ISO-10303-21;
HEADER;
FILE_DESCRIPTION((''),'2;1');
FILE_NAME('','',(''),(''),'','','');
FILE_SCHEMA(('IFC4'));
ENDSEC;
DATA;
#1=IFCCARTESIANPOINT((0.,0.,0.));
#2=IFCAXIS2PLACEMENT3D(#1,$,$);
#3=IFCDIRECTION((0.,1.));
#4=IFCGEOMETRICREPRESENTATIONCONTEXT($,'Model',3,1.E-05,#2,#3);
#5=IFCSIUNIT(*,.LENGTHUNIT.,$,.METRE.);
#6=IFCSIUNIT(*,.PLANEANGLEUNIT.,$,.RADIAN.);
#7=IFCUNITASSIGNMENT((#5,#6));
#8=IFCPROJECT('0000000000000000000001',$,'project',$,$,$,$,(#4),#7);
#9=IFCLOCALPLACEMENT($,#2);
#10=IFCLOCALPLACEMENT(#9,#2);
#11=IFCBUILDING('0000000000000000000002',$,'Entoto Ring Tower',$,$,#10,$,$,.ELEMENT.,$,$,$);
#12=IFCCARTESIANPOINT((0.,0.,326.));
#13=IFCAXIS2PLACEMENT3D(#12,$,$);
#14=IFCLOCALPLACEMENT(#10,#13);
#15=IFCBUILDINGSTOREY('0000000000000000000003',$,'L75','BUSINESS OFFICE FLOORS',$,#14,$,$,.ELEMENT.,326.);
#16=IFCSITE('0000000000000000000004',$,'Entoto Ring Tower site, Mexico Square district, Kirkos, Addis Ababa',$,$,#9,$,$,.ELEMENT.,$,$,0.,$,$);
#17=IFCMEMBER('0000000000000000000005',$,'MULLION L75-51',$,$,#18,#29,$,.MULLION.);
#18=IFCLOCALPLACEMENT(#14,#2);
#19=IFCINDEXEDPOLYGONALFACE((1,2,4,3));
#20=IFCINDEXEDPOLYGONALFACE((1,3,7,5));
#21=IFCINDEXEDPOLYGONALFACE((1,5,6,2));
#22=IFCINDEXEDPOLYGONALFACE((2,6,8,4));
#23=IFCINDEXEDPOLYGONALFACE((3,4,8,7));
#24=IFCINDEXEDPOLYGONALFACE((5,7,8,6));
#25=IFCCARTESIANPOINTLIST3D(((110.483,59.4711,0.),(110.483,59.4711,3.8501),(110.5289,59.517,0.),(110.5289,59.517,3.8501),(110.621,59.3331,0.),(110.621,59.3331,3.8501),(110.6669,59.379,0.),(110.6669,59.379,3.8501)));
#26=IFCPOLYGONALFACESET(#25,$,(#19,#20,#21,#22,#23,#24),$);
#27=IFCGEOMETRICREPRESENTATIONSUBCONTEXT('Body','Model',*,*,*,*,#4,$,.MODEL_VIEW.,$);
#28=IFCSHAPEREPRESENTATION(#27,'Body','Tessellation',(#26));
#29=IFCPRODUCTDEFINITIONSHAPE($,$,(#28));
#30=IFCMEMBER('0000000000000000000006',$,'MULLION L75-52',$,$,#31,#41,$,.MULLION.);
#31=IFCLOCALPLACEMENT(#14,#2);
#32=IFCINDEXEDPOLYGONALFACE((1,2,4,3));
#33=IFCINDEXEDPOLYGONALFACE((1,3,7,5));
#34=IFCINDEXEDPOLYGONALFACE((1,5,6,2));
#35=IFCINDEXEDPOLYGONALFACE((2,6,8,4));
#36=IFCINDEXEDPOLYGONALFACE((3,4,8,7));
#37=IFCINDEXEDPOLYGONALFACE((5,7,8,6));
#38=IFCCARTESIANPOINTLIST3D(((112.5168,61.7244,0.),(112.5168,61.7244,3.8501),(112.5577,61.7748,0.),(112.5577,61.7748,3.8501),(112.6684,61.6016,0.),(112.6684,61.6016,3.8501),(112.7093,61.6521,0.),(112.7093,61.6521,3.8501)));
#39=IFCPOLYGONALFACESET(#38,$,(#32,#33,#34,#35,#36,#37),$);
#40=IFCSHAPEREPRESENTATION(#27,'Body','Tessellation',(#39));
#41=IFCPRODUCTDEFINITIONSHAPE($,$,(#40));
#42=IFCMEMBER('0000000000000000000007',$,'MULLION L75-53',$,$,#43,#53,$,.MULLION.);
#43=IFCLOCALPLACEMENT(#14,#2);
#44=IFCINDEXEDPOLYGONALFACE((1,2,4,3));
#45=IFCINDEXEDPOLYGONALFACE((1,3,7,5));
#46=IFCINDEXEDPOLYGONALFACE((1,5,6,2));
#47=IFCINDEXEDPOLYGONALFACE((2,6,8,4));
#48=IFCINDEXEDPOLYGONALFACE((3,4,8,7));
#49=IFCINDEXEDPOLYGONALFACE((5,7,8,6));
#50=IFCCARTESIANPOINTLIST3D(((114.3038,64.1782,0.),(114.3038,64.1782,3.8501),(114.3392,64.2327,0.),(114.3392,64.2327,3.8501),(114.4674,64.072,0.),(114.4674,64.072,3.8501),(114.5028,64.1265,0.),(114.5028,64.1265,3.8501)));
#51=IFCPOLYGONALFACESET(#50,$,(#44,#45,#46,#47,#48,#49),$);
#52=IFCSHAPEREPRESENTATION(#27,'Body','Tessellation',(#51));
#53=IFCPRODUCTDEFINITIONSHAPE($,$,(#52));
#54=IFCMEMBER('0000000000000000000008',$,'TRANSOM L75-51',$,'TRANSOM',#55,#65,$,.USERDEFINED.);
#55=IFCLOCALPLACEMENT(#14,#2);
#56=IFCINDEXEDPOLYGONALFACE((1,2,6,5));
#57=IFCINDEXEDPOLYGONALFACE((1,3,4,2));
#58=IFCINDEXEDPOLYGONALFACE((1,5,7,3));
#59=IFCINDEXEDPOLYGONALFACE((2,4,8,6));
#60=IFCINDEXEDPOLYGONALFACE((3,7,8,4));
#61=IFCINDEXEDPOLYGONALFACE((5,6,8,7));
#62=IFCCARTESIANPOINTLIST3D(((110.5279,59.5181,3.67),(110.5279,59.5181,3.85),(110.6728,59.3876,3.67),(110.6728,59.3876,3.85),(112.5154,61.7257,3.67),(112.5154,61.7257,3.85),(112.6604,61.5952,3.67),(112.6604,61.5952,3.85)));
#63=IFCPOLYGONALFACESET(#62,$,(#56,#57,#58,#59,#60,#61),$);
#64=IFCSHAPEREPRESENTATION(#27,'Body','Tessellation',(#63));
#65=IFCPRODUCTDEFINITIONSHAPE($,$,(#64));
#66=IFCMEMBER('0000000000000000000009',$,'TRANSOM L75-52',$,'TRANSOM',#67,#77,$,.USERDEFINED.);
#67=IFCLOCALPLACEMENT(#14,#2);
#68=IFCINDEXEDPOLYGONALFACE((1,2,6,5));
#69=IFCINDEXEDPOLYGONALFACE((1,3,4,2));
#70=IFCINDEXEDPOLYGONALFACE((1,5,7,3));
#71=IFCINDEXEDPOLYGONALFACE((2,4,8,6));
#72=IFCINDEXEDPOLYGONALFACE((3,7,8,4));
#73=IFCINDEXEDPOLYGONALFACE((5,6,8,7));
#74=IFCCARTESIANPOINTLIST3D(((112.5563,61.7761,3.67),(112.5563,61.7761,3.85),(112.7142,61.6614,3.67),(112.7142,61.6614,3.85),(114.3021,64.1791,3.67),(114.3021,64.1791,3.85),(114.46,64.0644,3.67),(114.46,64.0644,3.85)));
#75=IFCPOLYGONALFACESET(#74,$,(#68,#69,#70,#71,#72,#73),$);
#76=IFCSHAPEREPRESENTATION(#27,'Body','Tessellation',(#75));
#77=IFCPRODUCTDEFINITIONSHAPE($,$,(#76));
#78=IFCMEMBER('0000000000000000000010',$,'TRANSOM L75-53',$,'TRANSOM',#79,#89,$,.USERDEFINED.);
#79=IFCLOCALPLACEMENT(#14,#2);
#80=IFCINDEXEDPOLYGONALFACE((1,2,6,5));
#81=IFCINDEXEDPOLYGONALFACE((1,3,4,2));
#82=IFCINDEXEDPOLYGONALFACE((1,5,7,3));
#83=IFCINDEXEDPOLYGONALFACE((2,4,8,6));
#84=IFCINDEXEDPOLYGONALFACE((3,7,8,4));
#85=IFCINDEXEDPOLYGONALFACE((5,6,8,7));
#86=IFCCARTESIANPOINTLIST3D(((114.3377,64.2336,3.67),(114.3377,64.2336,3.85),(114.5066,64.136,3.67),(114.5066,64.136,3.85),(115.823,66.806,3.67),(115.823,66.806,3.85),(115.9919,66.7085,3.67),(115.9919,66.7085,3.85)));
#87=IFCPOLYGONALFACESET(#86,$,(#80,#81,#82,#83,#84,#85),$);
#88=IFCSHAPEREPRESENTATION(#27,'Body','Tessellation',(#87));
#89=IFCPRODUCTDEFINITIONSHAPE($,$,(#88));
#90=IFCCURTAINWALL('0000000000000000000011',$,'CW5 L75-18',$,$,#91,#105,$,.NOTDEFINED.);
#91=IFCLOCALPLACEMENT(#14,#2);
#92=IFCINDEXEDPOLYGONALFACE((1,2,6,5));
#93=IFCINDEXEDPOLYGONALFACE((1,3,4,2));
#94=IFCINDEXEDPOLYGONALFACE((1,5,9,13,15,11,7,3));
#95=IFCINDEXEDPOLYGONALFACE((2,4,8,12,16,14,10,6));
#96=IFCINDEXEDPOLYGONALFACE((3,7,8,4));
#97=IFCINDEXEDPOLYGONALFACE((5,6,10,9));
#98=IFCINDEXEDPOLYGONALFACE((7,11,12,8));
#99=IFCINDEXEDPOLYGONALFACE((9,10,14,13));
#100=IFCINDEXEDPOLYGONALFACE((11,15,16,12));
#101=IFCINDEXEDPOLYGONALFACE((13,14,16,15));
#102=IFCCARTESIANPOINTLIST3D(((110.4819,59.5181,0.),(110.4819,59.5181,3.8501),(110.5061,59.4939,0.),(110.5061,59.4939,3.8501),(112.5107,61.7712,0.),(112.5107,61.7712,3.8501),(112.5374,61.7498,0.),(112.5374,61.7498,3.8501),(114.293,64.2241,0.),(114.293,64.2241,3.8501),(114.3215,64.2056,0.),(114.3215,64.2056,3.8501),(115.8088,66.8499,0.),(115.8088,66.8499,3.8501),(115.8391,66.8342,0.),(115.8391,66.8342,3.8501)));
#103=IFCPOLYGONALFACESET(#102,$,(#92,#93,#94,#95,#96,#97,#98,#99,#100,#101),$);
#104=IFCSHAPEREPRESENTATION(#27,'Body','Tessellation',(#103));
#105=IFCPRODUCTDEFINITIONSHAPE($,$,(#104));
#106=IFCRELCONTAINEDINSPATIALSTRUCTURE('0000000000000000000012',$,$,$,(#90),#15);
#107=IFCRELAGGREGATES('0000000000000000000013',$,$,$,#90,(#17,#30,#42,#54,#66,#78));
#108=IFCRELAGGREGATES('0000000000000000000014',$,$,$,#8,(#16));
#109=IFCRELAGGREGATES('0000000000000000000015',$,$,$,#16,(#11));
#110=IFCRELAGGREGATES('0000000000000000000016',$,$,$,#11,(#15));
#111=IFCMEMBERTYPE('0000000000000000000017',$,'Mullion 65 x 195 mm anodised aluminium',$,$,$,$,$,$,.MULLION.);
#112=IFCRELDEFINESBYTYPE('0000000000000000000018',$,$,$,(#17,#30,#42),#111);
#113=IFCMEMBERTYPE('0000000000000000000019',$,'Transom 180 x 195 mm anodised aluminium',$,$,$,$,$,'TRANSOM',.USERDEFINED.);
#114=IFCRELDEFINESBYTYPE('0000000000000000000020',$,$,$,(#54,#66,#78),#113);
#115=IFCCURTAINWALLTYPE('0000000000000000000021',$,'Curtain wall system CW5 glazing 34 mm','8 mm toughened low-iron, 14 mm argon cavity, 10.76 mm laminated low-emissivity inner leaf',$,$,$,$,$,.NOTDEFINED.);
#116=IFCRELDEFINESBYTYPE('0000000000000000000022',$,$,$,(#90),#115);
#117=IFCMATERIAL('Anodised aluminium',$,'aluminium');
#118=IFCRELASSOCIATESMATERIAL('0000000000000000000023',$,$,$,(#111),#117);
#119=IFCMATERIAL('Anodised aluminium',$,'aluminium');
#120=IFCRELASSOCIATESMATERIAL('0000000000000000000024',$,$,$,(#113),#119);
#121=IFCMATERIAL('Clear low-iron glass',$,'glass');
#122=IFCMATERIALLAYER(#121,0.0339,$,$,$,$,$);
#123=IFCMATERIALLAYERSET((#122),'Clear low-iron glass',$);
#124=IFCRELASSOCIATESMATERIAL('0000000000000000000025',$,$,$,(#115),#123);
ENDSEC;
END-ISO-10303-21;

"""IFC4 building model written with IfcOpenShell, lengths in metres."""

from ifc_helpers import new_model, si_unit, direction, frame, origin, origin_2d, place, context, subcontext, project, spatial, polyline, rectangle, outline, extrude, material, layer, layer_set, material_profile, profile_set, type_object, element, aggregate, save


model = new_model("IFC4")

# Units and contexts
model_context = context("Model", 3, precision=1e-05, world=origin(), true_north=direction((0.0, 1.0)))
body_context = subcontext(model_context, "Body", "Model", "MODEL_VIEW")
ifc_project = project(units=[si_unit("LENGTHUNIT", "METRE"), si_unit("PLANEANGLEUNIT", "RADIAN")], contexts=[model_context])

# Members
ifc_material_1 = material(Name="Anodised aluminium", Category="aluminium")
ifc_material_profile_1 = material_profile(ifc_material_1, rectangle(XDim=0.0649, YDim=0.1951, at=origin_2d()), Name="Mullion 65 x 195 mm anodised aluminium")
ifc_profile_set_1 = profile_set([ifc_material_profile_1], Name="Anodised aluminium")
member_type_1 = type_object("IfcMemberType", Name="Mullion 65 x 195 mm anodised aluminium", PredefinedType="MULLION", material=ifc_profile_set_1)
site_placement = place(None, origin())
building_placement = place(site_placement, origin())
storey_placement = place(building_placement, frame((0.0, 0.0, 326.0)))
member_1_placement = place(storey_placement, frame((110.575, 59.425, 0.0), z_axis=(0.0, 0.0, 1.0), x_axis=(0.707107, 0.707107, 0.0)))
member_1 = element("IfcMember", 1, at=member_1_placement, type_object=member_type_1, Name="MULLION L75-51", PredefinedType="MULLION", context=body_context, shape_type="SweptSolid", body=[
    extrude(rectangle(XDim=0.0649, YDim=0.1951, at=origin_2d()), origin(), (0.0, 0.0, 1.0), 3.8501),
])
member_2_placement = place(storey_placement, frame((112.613, 61.6882, 0.0), z_axis=(0.0, 0.0, 1.0), x_axis=(0.62932, 0.777146, 0.0)))
member_2 = element("IfcMember", 2, at=member_2_placement, type_object=member_type_1, Name="MULLION L75-52", PredefinedType="MULLION", context=body_context, shape_type="SweptSolid", body=[
    extrude(rectangle(XDim=0.0649, YDim=0.1951, at=origin_2d()), origin(), (0.0, 0.0, 1.0), 3.8501),
])
member_3_placement = place(storey_placement, frame((114.4033, 64.1523, 0.0), z_axis=(0.0, 0.0, 1.0), x_axis=(0.544639, 0.838671, 0.0)))
member_3 = element("IfcMember", 3, at=member_3_placement, type_object=member_type_1, Name="MULLION L75-53", PredefinedType="MULLION", context=body_context, shape_type="SweptSolid", body=[
    extrude(rectangle(XDim=0.0649, YDim=0.1951, at=origin_2d()), origin(), (0.0, 0.0, 1.0), 3.8501),
])
ifc_material_2 = material(Name="Anodised aluminium", Category="aluminium")
ifc_material_profile_2 = material_profile(ifc_material_2, rectangle(XDim=0.1951, YDim=0.1799, at=origin_2d()), Name="Transom 180 x 195 mm anodised aluminium")
ifc_profile_set_2 = profile_set([ifc_material_profile_2], Name="Anodised aluminium")
member_type_2 = type_object("IfcMemberType", Name="Transom 180 x 195 mm anodised aluminium", ElementType="TRANSOM", PredefinedType="USERDEFINED", material=ifc_profile_set_2)
member_4_placement = place(storey_placement, frame((110.6003, 59.4529, 3.76), z_axis=(0.66911, 0.743163, 0.0), x_axis=(-0.743163, 0.66911, 0.0)))
member_4 = element("IfcMember", 4, at=member_4_placement, type_object=member_type_2, Name="TRANSOM L75-51", ObjectType="TRANSOM", PredefinedType="USERDEFINED", context=body_context, shape_type="SweptSolid", body=[
    extrude(rectangle(XDim=0.1951, YDim=0.1799, at=origin_2d()), origin(), (0.0, 0.0, 1.0), 2.9705),
])
member_5_placement = place(storey_placement, frame((112.6353, 61.7188, 3.76), z_axis=(0.587766, 0.809031, 0.0), x_axis=(-0.809031, 0.587766, 0.0)))
member_5 = element("IfcMember", 5, at=member_5_placement, type_object=member_type_2, Name="TRANSOM L75-52", ObjectType="TRANSOM", PredefinedType="USERDEFINED", context=body_context, shape_type="SweptSolid", body=[
    extrude(rectangle(XDim=0.1951, YDim=0.1799, at=origin_2d()), origin(), (0.0, 0.0, 1.0), 2.9702),
])
member_6_placement = place(storey_placement, frame((114.4221, 64.1848, 3.76), z_axis=(0.500028, 0.866009, 0.0), x_axis=(-0.866009, 0.500028, 0.0)))
member_6 = element("IfcMember", 6, at=member_6_placement, type_object=member_type_2, Name="TRANSOM L75-53", ObjectType="TRANSOM", PredefinedType="USERDEFINED", context=body_context, shape_type="SweptSolid", body=[
    extrude(rectangle(XDim=0.1951, YDim=0.1799, at=origin_2d()), origin(), (0.0, 0.0, 1.0), 2.9705),
])

# Site, building, storey
site = spatial("IfcSite", under=ifc_project, at=site_placement, Name="Entoto Ring Tower site, Mexico Square district, Kirkos, Addis Ababa", CompositionType="ELEMENT", RefElevation=0.0)
building = spatial("IfcBuilding", under=site, at=building_placement, Name="Entoto Ring Tower", CompositionType="ELEMENT")
storey = spatial("IfcBuildingStorey", under=building, at=storey_placement, Name="L75", Description="BUSINESS OFFICE FLOORS", CompositionType="ELEMENT", Elevation=326.0)

# Curtain wall
ifc_material_3 = material(Name="Clear low-iron glass", Category="glass")
ifc_layer_1 = layer(ifc_material_3, 0.0339)
ifc_layer_set_1 = layer_set([ifc_layer_1], Name="Clear low-iron glass")
curtain_wall_type = type_object("IfcCurtainWallType", Name="Curtain wall system CW5 glazing 34 mm", Description="8 mm toughened low-iron, 14 mm argon cavity, 10.76 mm laminated low-emissivity inner leaf", PredefinedType="NOTDEFINED", material=ifc_layer_set_1)
curtain_wall_1_placement = place(storey_placement, origin())
curtain_wall_1 = element("IfcCurtainWall", 7, at=curtain_wall_1_placement, inside=storey, type_object=curtain_wall_type, Name="CW5 L75-18", PredefinedType="NOTDEFINED", context=body_context, shape_type="SweptSolid", body=[
    extrude(outline(polyline([(110.5061, 59.4939), (112.5374, 61.7498), (114.3215, 64.2056), (115.8391, 66.8342), (115.8088, 66.8499), (114.293, 64.2241), (112.5107, 61.7712), (110.4819, 59.5181), (110.5061, 59.4939)])), origin(), (0.0, 0.0, 1.0), 3.8501),
])
aggregate(curtain_wall_1, [member_1, member_2, member_3, member_4, member_5, member_6])

save(model, "model.ifc")
